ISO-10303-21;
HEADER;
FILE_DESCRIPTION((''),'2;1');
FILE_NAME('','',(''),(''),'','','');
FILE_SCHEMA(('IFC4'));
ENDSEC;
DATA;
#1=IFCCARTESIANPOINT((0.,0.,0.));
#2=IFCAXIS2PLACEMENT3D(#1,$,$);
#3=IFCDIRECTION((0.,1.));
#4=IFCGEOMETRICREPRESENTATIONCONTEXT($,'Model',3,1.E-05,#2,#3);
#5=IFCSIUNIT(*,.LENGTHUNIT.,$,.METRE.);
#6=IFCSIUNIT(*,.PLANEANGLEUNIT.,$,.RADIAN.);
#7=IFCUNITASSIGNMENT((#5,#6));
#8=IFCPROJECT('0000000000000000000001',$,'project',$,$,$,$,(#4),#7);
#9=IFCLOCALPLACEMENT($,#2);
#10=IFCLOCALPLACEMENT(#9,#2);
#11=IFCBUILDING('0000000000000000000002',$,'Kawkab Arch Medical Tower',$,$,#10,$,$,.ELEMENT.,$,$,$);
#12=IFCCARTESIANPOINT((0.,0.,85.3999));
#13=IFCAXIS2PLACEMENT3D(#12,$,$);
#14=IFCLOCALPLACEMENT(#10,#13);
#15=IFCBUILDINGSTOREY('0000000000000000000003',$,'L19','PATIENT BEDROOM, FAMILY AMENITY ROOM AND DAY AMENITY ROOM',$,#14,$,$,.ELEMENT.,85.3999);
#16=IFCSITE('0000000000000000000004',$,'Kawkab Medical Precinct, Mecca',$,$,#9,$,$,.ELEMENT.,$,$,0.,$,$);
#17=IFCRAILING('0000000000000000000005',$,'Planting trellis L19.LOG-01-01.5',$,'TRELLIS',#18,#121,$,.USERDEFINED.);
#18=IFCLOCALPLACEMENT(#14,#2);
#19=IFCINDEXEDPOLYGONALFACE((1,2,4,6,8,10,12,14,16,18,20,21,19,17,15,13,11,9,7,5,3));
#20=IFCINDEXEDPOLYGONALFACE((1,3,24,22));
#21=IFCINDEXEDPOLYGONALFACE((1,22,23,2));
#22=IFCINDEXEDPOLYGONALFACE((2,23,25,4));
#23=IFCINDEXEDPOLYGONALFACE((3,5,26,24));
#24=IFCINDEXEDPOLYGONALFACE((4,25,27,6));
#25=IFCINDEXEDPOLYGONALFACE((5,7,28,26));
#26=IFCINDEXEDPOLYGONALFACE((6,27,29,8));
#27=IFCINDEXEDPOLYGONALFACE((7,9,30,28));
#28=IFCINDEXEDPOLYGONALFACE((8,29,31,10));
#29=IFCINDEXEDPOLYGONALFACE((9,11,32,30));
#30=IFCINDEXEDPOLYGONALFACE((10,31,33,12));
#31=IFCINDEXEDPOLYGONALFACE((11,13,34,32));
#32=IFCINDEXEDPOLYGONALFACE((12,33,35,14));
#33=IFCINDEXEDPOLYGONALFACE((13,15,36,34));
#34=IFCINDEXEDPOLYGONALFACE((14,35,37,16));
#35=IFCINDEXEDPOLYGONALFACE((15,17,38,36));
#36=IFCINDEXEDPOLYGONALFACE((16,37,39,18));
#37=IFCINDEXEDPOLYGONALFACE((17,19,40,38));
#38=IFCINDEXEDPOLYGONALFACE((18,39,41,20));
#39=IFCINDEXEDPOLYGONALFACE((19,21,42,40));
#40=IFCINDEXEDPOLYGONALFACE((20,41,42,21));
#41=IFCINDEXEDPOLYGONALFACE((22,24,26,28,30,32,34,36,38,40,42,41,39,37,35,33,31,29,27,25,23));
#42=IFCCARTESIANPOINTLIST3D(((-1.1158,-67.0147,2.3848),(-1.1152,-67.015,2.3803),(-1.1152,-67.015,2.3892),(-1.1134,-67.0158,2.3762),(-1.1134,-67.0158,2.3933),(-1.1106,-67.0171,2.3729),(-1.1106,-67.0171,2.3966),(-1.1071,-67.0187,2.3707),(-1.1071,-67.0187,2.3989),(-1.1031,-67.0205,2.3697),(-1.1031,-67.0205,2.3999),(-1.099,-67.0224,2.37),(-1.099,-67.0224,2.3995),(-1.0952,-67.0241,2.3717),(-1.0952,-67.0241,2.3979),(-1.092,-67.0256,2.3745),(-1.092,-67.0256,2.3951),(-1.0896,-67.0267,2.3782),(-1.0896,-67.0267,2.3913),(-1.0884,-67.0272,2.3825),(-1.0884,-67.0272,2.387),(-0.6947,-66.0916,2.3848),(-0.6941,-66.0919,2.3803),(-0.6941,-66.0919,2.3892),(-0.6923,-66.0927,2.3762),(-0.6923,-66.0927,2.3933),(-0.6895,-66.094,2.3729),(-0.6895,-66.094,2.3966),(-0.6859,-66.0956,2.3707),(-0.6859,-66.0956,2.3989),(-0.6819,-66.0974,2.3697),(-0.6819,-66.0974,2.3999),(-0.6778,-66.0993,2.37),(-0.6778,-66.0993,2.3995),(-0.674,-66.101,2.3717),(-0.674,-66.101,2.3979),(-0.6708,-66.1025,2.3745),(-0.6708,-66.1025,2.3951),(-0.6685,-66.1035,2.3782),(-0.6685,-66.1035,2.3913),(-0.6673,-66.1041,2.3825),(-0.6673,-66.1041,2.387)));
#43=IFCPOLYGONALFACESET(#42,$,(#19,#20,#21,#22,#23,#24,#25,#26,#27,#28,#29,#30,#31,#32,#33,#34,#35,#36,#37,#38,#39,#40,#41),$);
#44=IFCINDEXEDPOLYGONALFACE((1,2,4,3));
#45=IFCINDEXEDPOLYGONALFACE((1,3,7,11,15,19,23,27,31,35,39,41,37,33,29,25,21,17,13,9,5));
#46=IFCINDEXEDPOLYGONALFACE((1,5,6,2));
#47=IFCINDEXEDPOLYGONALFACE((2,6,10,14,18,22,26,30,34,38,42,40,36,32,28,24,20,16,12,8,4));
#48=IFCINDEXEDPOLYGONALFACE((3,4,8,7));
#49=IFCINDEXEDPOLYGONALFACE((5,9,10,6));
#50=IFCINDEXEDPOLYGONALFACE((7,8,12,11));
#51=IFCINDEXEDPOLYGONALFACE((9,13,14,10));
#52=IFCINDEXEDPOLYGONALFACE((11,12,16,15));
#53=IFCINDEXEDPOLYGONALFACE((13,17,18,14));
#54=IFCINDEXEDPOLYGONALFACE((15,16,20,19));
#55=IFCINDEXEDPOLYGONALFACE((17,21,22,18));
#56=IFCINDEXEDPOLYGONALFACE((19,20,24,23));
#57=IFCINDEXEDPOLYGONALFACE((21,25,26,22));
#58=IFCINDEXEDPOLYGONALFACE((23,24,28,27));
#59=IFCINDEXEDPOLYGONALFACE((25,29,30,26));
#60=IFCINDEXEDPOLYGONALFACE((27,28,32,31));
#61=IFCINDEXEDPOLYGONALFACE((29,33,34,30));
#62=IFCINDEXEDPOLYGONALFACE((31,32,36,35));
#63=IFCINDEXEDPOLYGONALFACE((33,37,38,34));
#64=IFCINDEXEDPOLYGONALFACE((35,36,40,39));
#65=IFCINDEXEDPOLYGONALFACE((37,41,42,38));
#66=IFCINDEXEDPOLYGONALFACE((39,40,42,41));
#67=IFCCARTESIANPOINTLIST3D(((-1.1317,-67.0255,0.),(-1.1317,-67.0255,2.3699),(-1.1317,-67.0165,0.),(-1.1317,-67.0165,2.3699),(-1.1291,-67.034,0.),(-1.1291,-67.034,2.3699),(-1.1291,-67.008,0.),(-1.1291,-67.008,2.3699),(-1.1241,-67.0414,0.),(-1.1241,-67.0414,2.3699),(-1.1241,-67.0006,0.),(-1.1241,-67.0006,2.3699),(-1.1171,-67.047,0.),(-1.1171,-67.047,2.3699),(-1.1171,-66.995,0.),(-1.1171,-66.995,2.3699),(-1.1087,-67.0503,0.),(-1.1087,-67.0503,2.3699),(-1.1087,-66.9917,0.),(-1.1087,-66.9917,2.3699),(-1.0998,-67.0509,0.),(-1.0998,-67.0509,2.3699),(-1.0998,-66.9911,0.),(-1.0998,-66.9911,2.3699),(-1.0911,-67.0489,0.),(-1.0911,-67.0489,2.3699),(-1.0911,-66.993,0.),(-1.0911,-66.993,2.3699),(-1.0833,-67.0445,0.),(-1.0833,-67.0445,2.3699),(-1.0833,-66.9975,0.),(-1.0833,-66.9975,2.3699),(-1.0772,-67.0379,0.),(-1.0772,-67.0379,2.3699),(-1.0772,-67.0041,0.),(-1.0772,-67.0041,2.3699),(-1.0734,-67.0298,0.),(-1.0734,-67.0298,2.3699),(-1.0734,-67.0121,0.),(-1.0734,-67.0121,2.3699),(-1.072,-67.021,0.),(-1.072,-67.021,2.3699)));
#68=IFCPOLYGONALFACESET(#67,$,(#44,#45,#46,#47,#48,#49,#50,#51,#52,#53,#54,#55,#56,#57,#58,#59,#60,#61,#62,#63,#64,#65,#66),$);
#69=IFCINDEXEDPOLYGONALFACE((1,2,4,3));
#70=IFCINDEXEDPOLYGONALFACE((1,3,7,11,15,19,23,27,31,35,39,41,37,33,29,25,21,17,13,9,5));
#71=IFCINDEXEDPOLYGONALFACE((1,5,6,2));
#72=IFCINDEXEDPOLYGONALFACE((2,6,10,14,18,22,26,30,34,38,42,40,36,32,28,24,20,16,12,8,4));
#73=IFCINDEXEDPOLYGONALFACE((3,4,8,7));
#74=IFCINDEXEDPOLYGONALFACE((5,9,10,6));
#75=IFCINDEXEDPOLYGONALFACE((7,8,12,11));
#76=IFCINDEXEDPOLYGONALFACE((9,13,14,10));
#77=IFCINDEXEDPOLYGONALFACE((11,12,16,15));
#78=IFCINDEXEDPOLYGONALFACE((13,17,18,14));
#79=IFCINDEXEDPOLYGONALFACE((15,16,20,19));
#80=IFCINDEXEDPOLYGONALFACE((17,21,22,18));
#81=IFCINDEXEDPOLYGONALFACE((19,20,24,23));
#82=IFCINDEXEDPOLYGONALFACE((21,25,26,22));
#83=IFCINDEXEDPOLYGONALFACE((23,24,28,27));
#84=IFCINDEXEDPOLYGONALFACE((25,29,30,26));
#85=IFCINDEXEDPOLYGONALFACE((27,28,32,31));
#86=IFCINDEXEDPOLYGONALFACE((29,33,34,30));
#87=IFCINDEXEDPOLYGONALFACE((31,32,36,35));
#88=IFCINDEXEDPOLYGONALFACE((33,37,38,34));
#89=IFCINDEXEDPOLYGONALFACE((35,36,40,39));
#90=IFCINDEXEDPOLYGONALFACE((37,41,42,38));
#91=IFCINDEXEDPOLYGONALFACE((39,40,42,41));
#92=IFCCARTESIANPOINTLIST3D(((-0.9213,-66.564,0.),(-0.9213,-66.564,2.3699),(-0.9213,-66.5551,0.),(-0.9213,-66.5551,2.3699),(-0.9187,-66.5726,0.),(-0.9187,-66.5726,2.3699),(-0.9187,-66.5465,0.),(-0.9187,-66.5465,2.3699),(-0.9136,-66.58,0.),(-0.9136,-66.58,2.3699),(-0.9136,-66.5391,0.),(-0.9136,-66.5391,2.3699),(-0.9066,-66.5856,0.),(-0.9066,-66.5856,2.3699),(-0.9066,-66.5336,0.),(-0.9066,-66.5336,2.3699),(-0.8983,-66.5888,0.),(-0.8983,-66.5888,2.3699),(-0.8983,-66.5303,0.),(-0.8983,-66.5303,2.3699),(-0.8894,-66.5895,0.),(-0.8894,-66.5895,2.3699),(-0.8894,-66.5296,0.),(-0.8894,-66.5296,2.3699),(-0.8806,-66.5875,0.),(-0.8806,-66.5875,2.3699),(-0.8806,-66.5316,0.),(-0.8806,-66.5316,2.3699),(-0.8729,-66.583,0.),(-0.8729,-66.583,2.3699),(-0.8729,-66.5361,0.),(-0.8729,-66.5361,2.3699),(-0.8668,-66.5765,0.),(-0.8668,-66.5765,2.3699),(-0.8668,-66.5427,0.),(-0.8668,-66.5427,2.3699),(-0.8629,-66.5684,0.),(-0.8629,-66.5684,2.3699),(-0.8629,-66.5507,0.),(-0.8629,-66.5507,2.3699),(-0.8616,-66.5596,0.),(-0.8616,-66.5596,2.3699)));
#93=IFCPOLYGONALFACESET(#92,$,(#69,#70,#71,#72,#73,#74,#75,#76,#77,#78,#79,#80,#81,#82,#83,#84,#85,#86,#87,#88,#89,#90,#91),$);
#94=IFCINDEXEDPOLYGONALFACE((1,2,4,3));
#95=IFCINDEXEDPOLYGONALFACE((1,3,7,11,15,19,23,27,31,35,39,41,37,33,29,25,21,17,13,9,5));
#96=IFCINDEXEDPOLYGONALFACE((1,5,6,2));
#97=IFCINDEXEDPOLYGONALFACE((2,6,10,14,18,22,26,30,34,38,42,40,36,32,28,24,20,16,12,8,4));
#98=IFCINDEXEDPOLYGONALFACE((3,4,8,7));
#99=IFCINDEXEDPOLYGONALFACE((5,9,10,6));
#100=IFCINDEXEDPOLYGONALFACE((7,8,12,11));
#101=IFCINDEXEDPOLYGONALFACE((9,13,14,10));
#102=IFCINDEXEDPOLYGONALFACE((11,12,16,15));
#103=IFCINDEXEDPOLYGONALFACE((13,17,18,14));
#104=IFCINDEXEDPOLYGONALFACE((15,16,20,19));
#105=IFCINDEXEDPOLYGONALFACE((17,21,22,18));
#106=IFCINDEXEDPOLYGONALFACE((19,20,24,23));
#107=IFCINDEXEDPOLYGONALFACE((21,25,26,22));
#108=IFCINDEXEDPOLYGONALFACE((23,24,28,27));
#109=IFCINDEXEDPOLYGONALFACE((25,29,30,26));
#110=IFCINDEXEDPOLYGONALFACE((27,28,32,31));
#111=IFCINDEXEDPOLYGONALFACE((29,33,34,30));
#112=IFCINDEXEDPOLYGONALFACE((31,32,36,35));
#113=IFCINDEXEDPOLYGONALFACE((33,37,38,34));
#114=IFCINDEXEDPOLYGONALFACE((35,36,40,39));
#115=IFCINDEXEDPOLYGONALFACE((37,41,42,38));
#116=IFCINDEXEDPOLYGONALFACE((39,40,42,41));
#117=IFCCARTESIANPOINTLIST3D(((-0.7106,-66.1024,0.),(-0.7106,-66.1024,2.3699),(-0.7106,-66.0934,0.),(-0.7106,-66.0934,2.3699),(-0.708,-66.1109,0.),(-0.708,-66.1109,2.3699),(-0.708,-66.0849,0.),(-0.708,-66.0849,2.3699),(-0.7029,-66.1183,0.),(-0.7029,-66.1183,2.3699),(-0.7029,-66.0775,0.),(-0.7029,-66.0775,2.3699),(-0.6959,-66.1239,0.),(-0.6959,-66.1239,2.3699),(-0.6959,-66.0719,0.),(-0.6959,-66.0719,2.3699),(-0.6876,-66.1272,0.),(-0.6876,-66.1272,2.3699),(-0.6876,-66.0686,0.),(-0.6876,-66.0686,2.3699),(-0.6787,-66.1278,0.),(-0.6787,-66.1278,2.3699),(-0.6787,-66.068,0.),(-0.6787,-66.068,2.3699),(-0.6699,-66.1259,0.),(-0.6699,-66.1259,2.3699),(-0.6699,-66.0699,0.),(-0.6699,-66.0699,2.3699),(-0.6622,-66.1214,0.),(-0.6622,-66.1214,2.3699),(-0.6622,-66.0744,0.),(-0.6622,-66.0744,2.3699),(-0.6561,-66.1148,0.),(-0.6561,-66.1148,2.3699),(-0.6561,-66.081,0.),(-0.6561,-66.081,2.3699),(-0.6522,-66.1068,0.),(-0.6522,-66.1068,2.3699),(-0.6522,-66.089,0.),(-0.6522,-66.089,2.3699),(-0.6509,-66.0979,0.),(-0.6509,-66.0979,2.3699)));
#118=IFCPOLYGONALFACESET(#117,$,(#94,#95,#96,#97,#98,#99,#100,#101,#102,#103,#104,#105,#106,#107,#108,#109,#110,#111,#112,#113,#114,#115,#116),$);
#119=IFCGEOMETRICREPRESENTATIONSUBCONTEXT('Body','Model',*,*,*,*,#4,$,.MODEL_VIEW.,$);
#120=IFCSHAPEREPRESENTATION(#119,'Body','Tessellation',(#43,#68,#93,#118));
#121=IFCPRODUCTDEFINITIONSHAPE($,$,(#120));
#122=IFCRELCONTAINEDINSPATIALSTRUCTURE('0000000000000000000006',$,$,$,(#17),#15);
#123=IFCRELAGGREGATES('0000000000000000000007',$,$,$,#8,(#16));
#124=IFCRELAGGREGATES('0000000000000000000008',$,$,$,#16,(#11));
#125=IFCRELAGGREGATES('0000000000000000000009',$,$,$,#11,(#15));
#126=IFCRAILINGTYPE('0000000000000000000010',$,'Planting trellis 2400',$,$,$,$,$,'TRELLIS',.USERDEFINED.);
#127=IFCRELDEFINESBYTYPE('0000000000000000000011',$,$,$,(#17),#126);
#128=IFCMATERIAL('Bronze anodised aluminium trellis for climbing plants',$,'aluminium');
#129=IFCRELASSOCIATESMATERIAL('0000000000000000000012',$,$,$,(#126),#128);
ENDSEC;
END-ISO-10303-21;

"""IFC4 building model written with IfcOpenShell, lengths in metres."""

from ifc_helpers import new_model, si_unit, direction, frame, origin, origin_2d, place, context, subcontext, project, spatial, circle, extrude, material, type_object, element, save


model = new_model("IFC4")

# Units and contexts
model_context = context("Model", 3, precision=1e-05, world=origin(), true_north=direction((0.0, 1.0)))
body_context = subcontext(model_context, "Body", "Model", "MODEL_VIEW")
ifc_project = project(units=[si_unit("LENGTHUNIT", "METRE"), si_unit("PLANEANGLEUNIT", "RADIAN")], contexts=[model_context])

# Site, building, storey
site_placement = place(None, origin())
site = spatial("IfcSite", under=ifc_project, at=site_placement, Name="Kawkab Medical Precinct, Mecca", CompositionType="ELEMENT", RefElevation=0.0)
building_placement = place(site_placement, origin())
building = spatial("IfcBuilding", under=site, at=building_placement, Name="Kawkab Arch Medical Tower", CompositionType="ELEMENT")
storey_placement = place(building_placement, frame((0.0, 0.0, 85.3999)))
storey = spatial("IfcBuildingStorey", under=building, at=storey_placement, Name="L19", Description="PATIENT BEDROOM, FAMILY AMENITY ROOM AND DAY AMENITY ROOM", CompositionType="ELEMENT", Elevation=85.3999)

# Railing
ifc_material_1 = material(Name="Bronze anodised aluminium trellis for climbing plants", Category="aluminium")
railing_type = type_object("IfcRailingType", Name="Planting trellis 2400", ElementType="TRELLIS", PredefinedType="USERDEFINED", material=ifc_material_1)
railing_1_placement = place(storey_placement, frame((-1.1021, -67.021, 0.0)))
element("IfcRailing", 1, at=railing_1_placement, inside=storey, type_object=railing_type, Name="Planting trellis L19.LOG-01-01.5", ObjectType="TRELLIS", PredefinedType="USERDEFINED", context=body_context, shape_type="SweptSolid", body=[
    extrude(circle(Radius=0.0151, at=origin_2d()), frame((0.0, 0.0, 2.3848), z_axis=(0.415072, 0.909789, 0.0), x_axis=(-0.909789, 0.415072, 0.0)), (0.0, 0.0, 1.0), 1.0146),
    extrude(circle(Radius=0.03, at=origin_2d()), origin(), (0.0, 0.0, 1.0), 2.3699),
    extrude(circle(Radius=0.03, at=origin_2d()), frame((0.2104, 0.4614, 0.0)), (0.0, 0.0, 1.0), 2.3699),
    extrude(circle(Radius=0.03, at=origin_2d()), frame((0.4211, 0.9231, 0.0)), (0.0, 0.0, 1.0), 2.3699),
])

save(model, "model.ifc")
